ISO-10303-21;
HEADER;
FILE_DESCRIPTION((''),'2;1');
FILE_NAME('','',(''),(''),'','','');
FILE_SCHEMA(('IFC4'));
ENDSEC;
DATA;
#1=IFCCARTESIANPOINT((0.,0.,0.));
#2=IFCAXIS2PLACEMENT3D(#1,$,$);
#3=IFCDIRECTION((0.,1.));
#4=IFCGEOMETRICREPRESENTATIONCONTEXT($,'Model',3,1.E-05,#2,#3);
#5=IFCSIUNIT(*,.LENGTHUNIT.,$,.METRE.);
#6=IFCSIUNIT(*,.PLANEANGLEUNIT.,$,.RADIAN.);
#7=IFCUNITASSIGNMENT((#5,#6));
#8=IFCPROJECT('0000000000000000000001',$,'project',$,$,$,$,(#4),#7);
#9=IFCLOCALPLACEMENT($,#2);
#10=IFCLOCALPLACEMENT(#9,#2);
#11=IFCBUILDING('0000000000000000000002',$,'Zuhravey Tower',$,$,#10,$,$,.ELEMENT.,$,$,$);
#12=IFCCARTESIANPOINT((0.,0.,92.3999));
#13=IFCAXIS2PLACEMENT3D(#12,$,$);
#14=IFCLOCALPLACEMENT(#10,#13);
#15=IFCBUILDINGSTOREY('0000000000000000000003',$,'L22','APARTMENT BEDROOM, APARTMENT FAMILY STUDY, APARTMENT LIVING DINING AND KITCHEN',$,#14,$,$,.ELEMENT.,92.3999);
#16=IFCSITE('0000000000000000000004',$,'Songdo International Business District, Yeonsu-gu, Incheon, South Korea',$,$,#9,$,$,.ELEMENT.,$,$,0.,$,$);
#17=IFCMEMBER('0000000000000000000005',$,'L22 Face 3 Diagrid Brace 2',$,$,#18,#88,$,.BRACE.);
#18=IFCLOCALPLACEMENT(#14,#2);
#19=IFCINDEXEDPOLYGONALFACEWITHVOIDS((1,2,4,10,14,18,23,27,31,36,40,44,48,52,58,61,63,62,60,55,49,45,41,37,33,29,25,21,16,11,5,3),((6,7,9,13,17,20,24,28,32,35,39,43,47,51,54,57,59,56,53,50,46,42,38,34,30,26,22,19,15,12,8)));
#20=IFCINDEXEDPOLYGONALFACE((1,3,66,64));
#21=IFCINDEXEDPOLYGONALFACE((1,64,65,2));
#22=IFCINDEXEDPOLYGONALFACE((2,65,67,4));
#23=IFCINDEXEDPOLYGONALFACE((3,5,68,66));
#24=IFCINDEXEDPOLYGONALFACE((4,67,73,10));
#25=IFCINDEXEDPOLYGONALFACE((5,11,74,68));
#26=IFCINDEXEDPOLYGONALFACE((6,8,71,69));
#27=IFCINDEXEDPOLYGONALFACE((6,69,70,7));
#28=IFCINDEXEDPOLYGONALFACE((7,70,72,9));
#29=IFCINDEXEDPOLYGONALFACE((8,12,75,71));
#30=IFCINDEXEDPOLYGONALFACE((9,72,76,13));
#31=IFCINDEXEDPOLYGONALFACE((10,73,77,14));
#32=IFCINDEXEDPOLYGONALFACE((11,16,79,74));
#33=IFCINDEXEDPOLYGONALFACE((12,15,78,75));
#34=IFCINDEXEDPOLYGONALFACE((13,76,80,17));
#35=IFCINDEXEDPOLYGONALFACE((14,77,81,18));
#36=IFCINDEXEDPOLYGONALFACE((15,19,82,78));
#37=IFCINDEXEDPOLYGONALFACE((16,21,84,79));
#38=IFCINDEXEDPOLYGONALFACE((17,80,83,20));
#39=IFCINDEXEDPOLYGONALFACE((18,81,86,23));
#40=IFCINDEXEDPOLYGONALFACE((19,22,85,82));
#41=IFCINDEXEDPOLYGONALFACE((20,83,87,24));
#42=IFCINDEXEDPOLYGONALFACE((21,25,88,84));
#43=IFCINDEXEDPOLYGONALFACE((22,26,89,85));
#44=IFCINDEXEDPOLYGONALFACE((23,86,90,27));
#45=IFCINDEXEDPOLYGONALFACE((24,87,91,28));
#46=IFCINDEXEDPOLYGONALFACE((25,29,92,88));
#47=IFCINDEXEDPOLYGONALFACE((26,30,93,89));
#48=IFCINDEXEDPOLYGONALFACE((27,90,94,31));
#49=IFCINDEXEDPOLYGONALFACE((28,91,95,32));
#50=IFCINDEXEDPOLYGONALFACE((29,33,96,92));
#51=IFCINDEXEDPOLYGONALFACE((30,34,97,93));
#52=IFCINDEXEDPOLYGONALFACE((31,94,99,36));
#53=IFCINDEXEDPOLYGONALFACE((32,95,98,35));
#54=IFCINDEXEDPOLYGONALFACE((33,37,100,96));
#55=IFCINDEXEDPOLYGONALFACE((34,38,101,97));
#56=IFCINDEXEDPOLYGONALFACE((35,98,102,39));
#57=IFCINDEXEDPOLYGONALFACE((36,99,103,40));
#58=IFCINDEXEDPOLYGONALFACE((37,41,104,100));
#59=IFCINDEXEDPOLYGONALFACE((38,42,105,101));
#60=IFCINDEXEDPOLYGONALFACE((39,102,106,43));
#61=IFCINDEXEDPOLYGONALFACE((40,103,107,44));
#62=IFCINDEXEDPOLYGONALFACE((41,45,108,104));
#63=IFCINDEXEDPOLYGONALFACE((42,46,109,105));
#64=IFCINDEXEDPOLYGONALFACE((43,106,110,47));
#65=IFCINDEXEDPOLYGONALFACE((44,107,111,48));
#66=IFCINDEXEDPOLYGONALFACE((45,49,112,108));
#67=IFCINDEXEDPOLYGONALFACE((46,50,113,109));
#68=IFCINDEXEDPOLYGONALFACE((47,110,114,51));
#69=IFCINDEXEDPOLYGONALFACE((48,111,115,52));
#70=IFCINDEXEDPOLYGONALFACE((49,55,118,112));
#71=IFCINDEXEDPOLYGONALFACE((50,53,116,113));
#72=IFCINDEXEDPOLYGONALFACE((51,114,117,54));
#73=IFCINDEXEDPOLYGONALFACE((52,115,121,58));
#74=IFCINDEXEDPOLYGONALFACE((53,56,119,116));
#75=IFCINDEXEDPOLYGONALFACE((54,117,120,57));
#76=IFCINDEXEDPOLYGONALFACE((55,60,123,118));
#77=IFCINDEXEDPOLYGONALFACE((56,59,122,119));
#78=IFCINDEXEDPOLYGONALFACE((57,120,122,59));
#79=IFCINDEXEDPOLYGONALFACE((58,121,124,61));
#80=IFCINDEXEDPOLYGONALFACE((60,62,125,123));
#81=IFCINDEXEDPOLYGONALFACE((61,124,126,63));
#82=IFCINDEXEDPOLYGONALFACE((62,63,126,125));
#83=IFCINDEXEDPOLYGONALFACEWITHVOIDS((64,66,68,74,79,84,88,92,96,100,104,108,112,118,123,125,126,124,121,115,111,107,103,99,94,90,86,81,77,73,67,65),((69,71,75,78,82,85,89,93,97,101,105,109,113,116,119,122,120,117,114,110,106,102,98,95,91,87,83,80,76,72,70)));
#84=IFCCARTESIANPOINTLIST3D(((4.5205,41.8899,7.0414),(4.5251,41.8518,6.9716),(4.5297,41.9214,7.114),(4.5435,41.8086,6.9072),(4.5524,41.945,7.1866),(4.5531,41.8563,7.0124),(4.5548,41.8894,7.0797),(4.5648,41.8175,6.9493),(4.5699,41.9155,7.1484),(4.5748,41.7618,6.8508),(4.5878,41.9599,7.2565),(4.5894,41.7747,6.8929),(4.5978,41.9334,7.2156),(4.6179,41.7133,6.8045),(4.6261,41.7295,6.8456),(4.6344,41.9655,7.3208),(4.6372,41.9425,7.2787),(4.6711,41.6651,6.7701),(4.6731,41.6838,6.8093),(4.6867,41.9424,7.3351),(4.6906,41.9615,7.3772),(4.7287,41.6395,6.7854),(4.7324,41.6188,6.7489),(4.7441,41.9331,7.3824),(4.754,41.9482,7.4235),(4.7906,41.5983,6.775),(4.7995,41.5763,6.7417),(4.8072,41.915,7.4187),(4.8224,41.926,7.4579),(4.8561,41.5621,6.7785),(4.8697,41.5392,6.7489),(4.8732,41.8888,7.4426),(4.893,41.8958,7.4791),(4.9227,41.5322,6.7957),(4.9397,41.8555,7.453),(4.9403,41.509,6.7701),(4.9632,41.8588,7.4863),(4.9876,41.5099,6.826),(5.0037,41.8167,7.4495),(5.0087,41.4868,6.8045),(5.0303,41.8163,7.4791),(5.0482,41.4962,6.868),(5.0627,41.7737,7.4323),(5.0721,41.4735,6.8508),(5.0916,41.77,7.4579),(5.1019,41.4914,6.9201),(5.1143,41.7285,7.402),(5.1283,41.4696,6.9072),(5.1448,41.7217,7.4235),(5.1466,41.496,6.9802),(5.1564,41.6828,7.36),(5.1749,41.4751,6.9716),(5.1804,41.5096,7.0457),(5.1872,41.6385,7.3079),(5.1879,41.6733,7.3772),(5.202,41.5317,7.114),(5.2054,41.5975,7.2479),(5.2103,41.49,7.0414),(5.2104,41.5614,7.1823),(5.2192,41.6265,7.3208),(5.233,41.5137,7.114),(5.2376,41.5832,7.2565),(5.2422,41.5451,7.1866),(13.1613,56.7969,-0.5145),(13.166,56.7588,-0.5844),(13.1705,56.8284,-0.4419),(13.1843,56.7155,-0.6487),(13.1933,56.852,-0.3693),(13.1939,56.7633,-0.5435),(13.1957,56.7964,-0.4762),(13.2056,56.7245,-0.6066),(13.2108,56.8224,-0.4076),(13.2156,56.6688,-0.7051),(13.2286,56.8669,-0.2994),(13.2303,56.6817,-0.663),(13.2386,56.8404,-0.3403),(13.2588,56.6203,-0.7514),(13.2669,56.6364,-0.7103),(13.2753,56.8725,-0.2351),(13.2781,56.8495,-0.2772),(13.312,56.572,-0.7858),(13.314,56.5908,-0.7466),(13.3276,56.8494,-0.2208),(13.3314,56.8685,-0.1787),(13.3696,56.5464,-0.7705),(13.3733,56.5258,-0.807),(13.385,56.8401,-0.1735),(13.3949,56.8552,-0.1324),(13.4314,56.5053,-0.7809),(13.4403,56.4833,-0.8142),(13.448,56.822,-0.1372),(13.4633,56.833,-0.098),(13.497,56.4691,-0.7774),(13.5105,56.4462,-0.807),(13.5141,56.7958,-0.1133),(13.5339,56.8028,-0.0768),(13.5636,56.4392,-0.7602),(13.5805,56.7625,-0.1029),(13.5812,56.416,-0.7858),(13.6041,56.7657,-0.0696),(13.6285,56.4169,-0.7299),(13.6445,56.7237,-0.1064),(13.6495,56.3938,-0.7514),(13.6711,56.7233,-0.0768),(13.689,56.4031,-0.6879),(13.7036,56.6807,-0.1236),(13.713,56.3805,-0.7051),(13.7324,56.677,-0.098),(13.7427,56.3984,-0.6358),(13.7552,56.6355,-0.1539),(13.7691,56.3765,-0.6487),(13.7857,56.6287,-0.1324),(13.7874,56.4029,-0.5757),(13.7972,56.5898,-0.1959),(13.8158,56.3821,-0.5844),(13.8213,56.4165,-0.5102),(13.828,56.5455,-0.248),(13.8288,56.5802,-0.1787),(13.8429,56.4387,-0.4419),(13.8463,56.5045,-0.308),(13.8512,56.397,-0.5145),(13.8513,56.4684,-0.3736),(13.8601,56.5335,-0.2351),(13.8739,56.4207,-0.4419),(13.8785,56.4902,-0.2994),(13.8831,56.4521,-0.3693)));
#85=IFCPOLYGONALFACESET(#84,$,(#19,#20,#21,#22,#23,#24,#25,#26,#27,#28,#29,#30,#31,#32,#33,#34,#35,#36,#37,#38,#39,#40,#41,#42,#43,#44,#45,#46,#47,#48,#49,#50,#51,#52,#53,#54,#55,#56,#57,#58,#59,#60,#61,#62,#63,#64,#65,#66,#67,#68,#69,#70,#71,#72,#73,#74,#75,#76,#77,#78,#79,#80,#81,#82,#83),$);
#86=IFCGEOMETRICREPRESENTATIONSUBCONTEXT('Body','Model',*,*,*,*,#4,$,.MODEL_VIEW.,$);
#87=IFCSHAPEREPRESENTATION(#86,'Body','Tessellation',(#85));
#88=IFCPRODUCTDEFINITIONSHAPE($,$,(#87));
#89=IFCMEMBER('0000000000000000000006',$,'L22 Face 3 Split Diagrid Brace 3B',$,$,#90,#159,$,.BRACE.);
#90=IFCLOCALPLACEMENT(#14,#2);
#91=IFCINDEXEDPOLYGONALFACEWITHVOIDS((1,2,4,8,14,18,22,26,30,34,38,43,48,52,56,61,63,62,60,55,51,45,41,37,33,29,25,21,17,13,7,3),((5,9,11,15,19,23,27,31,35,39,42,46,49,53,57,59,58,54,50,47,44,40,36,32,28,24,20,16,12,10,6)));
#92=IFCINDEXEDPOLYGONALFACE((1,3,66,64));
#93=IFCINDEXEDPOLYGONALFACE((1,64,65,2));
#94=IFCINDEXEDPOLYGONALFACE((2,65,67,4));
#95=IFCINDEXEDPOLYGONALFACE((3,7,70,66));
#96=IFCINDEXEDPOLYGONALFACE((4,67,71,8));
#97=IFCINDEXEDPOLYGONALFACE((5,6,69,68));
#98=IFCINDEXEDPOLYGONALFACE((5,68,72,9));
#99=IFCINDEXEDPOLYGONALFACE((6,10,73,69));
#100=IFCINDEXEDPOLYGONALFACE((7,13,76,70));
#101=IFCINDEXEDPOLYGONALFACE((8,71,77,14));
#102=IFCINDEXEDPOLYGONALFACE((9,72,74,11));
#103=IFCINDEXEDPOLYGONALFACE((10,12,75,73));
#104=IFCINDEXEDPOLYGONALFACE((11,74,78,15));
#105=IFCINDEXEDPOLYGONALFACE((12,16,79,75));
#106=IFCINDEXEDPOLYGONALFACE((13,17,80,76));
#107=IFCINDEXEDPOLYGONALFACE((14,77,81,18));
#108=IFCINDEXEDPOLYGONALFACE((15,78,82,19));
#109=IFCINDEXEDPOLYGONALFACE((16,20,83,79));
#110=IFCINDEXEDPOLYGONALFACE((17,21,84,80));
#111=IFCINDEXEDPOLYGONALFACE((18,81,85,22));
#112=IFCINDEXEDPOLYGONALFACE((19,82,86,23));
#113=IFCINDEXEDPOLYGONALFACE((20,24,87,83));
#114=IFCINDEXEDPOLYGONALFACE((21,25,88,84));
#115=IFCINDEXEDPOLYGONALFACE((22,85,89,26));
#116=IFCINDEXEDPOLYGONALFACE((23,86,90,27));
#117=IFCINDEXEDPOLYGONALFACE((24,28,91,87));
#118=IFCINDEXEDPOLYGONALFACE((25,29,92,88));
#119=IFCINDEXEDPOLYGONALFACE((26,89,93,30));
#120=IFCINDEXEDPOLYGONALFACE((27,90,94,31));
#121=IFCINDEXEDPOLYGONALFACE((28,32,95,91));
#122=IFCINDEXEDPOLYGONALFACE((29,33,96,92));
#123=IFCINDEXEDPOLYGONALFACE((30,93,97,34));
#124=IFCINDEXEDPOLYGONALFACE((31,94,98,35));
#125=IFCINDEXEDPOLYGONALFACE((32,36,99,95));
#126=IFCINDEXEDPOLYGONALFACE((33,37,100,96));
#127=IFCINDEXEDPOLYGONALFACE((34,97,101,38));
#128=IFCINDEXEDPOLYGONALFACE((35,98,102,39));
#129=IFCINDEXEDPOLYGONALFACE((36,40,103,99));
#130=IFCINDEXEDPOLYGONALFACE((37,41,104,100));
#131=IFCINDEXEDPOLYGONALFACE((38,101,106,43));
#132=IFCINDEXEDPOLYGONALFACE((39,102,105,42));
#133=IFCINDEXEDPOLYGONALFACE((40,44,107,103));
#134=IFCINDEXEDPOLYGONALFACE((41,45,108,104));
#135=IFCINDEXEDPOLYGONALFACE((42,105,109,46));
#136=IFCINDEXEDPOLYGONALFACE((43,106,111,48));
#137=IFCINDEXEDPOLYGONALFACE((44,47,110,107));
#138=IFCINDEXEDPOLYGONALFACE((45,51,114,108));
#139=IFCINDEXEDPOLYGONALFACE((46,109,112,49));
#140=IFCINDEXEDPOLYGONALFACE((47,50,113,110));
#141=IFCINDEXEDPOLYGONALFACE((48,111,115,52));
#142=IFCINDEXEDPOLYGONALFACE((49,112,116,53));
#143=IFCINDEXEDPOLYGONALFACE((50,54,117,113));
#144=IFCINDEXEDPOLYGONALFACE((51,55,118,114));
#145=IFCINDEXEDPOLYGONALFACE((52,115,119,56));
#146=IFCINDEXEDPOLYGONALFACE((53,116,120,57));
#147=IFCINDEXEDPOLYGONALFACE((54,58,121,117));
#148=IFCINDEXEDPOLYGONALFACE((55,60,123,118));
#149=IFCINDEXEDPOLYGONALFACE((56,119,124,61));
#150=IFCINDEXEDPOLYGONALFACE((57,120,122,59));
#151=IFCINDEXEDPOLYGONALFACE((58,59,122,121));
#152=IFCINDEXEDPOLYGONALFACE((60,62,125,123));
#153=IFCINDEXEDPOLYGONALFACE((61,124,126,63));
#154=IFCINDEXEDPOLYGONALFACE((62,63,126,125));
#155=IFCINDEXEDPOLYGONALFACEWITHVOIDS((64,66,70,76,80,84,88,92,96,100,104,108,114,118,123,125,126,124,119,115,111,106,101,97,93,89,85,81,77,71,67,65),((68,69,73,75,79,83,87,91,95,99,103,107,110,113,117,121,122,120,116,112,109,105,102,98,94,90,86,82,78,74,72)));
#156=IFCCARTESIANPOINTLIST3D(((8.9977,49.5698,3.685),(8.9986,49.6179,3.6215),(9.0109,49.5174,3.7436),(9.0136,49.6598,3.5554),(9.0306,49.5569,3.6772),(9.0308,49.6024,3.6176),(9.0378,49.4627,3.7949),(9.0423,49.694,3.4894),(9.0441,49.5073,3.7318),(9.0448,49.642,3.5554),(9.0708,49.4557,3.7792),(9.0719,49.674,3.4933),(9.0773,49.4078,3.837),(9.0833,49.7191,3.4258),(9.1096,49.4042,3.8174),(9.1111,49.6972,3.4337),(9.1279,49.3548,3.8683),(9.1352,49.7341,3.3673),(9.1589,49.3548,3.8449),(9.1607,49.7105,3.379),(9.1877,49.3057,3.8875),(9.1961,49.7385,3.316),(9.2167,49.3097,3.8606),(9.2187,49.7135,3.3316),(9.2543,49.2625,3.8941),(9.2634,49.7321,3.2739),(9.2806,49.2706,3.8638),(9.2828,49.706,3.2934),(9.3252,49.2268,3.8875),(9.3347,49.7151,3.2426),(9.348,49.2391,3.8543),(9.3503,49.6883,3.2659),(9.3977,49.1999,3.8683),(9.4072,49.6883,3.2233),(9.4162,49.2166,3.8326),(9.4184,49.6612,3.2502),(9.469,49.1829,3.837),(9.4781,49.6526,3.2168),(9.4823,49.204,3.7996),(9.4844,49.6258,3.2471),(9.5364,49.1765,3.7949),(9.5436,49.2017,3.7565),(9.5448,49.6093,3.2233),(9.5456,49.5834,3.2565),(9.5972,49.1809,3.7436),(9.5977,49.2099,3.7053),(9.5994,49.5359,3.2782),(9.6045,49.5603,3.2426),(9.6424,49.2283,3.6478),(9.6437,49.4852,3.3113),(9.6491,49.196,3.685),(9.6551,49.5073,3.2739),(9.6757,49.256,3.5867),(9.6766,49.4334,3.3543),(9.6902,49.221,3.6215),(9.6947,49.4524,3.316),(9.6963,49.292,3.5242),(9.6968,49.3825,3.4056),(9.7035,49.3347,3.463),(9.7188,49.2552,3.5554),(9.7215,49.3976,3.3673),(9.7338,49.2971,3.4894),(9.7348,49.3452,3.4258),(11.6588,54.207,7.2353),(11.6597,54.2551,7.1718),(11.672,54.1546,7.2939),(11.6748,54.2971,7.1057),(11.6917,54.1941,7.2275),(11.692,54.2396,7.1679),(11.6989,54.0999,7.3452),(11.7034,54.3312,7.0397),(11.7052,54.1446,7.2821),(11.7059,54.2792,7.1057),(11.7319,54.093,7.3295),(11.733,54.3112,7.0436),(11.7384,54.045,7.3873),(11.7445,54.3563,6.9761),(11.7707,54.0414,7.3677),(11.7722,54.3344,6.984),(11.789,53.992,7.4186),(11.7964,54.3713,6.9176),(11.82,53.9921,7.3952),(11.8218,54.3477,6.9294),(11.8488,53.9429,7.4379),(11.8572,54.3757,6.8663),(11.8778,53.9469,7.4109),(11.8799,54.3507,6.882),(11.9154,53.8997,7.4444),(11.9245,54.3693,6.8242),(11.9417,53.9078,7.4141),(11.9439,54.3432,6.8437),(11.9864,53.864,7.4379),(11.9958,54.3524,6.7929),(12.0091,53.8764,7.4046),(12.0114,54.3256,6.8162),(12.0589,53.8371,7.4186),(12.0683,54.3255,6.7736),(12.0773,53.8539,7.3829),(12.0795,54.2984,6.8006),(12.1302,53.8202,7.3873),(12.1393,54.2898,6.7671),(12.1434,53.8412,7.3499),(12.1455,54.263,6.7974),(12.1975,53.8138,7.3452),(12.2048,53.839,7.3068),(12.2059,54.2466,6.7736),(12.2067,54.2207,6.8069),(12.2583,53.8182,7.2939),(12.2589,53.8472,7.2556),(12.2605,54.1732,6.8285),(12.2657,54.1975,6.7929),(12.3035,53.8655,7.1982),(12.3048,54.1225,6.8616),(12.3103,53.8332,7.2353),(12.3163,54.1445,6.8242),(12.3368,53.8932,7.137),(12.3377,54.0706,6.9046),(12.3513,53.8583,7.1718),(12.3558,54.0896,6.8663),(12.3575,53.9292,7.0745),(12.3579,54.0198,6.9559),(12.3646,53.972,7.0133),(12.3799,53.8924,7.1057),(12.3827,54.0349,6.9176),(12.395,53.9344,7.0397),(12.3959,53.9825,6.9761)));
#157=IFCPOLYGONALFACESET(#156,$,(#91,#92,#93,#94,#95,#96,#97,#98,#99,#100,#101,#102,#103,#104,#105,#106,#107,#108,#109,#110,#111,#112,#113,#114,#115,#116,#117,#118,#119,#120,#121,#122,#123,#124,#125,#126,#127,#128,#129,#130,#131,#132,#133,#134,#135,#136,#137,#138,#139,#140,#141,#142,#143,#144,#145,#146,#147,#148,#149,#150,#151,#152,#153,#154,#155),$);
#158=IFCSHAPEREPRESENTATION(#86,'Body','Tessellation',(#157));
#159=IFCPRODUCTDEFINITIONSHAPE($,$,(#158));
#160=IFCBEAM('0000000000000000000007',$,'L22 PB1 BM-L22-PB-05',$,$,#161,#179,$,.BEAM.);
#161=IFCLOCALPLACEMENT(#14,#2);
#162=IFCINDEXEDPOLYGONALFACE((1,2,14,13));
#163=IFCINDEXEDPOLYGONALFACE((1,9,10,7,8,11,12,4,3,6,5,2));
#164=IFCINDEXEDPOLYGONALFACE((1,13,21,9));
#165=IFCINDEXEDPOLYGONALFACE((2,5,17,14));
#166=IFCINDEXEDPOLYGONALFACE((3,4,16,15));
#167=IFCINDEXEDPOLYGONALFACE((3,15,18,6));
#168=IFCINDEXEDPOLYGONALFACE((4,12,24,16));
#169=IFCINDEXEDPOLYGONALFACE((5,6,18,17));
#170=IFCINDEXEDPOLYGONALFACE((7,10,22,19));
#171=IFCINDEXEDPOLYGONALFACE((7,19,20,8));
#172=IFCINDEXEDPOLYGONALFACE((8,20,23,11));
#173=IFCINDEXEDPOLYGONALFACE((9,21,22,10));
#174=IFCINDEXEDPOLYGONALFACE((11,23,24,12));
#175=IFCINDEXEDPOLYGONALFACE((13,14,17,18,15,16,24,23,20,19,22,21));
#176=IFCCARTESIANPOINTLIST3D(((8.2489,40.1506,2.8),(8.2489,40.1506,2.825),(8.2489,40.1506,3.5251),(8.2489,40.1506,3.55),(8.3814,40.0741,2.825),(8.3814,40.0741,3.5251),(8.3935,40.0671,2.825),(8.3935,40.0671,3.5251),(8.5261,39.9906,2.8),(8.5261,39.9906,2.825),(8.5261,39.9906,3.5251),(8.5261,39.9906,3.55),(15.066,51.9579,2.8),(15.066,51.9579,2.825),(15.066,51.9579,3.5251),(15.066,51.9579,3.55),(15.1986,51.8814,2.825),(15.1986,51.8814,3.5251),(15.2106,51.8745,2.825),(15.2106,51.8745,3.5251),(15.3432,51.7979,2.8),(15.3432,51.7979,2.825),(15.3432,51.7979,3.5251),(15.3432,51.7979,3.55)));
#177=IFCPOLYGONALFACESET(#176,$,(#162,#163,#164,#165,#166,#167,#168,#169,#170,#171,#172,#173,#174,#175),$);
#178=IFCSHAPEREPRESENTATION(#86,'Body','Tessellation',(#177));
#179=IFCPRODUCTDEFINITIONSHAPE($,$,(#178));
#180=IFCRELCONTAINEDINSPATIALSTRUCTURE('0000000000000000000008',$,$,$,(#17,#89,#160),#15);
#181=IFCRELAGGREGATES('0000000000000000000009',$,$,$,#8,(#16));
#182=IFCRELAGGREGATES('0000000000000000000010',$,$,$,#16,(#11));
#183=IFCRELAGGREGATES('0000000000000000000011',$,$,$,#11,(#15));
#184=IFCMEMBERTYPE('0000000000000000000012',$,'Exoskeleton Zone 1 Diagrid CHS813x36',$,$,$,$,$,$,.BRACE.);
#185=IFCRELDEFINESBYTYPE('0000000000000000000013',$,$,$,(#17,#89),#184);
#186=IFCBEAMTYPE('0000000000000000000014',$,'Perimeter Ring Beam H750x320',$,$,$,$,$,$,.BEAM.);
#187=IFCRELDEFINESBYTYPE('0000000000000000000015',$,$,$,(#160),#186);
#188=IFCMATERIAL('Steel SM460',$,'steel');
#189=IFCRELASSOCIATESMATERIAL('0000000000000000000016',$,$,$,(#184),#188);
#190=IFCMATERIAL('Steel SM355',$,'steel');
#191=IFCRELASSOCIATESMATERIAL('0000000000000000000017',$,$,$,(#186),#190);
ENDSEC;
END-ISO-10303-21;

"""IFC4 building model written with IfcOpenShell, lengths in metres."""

from ifc_helpers import new_model, si_unit, direction, frame, origin, origin_2d, place, context, subcontext, project, spatial, hollow_circle, i_section, extrude, material, material_profile, profile_set, type_object, element, save


model = new_model("IFC4")

# Units and contexts
model_context = context("Model", 3, precision=1e-05, world=origin(), true_north=direction((0.0, 1.0)))
body_context = subcontext(model_context, "Body", "Model", "MODEL_VIEW")
ifc_project = project(units=[si_unit("LENGTHUNIT", "METRE"), si_unit("PLANEANGLEUNIT", "RADIAN")], contexts=[model_context])

# Site, building, storey
site_placement = place(None, origin())
site = spatial("IfcSite", under=ifc_project, at=site_placement, Name="Songdo International Business District, Yeonsu-gu, Incheon, South Korea", CompositionType="ELEMENT", RefElevation=0.0)
building_placement = place(site_placement, origin())
building = spatial("IfcBuilding", under=site, at=building_placement, Name="Zuhravey Tower", CompositionType="ELEMENT")
storey_placement = place(building_placement, frame((0.0, 0.0, 92.3999)))
storey = spatial("IfcBuildingStorey", under=building, at=storey_placement, Name="L22", Description="APARTMENT BEDROOM, APARTMENT FAMILY STUDY, APARTMENT LIVING DINING AND KITCHEN", CompositionType="ELEMENT", Elevation=92.3999)

# Members
ifc_material_1 = material(Name="Steel SM355", Category="steel")
ifc_material_2 = material(Name="Steel SM460", Category="steel")
ifc_material_profile_1 = material_profile(ifc_material_2, hollow_circle(Radius=0.4065, WallThickness=0.0359, at=origin_2d()), Name="CHS-812.8x36")
ifc_profile_set_1 = profile_set([ifc_material_profile_1], Name="Steel SM460")
member_type_1 = type_object("IfcMemberType", Name="Exoskeleton Zone 1 Diagrid CHS813x36", PredefinedType="BRACE", material=ifc_profile_set_1)
member_1_placement = place(storey_placement, frame((13.5222, 56.6245, -0.4419), z_axis=(-0.459274, -0.792326, 0.401606), x_axis=(0.865162, -0.501493, 0.0)))
element("IfcMember", 1, at=member_1_placement, inside=storey, type_object=member_type_1, Name="L22 Face 3 Diagrid Brace 2", PredefinedType="BRACE", context=body_context, shape_type="SweptSolid", body=[
    extrude(hollow_circle(Radius=0.4065, WallThickness=0.0359, at=origin_2d()), origin(), (0.0, 0.0, 1.0), 18.8142),
])
member_2_placement = place(storey_placement, frame((9.3662, 49.4575, 3.5554), z_axis=(0.41464, 0.722539, 0.553183), x_axis=(-0.867331, 0.497731, 0.0)))
element("IfcMember", 2, at=member_2_placement, inside=storey, type_object=member_type_1, Name="L22 Face 3 Split Diagrid Brace 3B", PredefinedType="BRACE", context=body_context, shape_type="SweptSolid", body=[
    extrude(hollow_circle(Radius=0.4065, WallThickness=0.0359, at=origin_2d()), origin(), (0.0, 0.0, 1.0), 6.418),
])

# Beam
ifc_material_profile_2 = material_profile(ifc_material_1, i_section(OverallWidth=0.3201, OverallDepth=0.75, WebThickness=0.0139, FlangeThickness=0.0249, at=origin_2d()), Name="H-750x320x14x25")
ifc_profile_set_2 = profile_set([ifc_material_profile_2], Name="Steel SM355")
beam_type_1 = type_object("IfcBeamType", Name="Perimeter Ring Beam H750x320", PredefinedType="BEAM", material=ifc_profile_set_2)
beam_1_placement = place(storey_placement, frame((15.2046, 51.8779, 3.175), z_axis=(-0.500008, -0.866021, 0.0), x_axis=(0.866021, -0.500008, 0.0)))
element("IfcBeam", 3, at=beam_1_placement, inside=storey, type_object=beam_type_1, Name="L22 PB1 BM-L22-PB-05", PredefinedType="BEAM", context=body_context, shape_type="SweptSolid", body=[
    extrude(i_section(OverallWidth=0.3201, OverallDepth=0.75, WebThickness=0.0139, FlangeThickness=0.0249, at=origin_2d()), origin(), (0.0, 0.0, 1.0), 13.634),
])

save(model, "model.ifc")
